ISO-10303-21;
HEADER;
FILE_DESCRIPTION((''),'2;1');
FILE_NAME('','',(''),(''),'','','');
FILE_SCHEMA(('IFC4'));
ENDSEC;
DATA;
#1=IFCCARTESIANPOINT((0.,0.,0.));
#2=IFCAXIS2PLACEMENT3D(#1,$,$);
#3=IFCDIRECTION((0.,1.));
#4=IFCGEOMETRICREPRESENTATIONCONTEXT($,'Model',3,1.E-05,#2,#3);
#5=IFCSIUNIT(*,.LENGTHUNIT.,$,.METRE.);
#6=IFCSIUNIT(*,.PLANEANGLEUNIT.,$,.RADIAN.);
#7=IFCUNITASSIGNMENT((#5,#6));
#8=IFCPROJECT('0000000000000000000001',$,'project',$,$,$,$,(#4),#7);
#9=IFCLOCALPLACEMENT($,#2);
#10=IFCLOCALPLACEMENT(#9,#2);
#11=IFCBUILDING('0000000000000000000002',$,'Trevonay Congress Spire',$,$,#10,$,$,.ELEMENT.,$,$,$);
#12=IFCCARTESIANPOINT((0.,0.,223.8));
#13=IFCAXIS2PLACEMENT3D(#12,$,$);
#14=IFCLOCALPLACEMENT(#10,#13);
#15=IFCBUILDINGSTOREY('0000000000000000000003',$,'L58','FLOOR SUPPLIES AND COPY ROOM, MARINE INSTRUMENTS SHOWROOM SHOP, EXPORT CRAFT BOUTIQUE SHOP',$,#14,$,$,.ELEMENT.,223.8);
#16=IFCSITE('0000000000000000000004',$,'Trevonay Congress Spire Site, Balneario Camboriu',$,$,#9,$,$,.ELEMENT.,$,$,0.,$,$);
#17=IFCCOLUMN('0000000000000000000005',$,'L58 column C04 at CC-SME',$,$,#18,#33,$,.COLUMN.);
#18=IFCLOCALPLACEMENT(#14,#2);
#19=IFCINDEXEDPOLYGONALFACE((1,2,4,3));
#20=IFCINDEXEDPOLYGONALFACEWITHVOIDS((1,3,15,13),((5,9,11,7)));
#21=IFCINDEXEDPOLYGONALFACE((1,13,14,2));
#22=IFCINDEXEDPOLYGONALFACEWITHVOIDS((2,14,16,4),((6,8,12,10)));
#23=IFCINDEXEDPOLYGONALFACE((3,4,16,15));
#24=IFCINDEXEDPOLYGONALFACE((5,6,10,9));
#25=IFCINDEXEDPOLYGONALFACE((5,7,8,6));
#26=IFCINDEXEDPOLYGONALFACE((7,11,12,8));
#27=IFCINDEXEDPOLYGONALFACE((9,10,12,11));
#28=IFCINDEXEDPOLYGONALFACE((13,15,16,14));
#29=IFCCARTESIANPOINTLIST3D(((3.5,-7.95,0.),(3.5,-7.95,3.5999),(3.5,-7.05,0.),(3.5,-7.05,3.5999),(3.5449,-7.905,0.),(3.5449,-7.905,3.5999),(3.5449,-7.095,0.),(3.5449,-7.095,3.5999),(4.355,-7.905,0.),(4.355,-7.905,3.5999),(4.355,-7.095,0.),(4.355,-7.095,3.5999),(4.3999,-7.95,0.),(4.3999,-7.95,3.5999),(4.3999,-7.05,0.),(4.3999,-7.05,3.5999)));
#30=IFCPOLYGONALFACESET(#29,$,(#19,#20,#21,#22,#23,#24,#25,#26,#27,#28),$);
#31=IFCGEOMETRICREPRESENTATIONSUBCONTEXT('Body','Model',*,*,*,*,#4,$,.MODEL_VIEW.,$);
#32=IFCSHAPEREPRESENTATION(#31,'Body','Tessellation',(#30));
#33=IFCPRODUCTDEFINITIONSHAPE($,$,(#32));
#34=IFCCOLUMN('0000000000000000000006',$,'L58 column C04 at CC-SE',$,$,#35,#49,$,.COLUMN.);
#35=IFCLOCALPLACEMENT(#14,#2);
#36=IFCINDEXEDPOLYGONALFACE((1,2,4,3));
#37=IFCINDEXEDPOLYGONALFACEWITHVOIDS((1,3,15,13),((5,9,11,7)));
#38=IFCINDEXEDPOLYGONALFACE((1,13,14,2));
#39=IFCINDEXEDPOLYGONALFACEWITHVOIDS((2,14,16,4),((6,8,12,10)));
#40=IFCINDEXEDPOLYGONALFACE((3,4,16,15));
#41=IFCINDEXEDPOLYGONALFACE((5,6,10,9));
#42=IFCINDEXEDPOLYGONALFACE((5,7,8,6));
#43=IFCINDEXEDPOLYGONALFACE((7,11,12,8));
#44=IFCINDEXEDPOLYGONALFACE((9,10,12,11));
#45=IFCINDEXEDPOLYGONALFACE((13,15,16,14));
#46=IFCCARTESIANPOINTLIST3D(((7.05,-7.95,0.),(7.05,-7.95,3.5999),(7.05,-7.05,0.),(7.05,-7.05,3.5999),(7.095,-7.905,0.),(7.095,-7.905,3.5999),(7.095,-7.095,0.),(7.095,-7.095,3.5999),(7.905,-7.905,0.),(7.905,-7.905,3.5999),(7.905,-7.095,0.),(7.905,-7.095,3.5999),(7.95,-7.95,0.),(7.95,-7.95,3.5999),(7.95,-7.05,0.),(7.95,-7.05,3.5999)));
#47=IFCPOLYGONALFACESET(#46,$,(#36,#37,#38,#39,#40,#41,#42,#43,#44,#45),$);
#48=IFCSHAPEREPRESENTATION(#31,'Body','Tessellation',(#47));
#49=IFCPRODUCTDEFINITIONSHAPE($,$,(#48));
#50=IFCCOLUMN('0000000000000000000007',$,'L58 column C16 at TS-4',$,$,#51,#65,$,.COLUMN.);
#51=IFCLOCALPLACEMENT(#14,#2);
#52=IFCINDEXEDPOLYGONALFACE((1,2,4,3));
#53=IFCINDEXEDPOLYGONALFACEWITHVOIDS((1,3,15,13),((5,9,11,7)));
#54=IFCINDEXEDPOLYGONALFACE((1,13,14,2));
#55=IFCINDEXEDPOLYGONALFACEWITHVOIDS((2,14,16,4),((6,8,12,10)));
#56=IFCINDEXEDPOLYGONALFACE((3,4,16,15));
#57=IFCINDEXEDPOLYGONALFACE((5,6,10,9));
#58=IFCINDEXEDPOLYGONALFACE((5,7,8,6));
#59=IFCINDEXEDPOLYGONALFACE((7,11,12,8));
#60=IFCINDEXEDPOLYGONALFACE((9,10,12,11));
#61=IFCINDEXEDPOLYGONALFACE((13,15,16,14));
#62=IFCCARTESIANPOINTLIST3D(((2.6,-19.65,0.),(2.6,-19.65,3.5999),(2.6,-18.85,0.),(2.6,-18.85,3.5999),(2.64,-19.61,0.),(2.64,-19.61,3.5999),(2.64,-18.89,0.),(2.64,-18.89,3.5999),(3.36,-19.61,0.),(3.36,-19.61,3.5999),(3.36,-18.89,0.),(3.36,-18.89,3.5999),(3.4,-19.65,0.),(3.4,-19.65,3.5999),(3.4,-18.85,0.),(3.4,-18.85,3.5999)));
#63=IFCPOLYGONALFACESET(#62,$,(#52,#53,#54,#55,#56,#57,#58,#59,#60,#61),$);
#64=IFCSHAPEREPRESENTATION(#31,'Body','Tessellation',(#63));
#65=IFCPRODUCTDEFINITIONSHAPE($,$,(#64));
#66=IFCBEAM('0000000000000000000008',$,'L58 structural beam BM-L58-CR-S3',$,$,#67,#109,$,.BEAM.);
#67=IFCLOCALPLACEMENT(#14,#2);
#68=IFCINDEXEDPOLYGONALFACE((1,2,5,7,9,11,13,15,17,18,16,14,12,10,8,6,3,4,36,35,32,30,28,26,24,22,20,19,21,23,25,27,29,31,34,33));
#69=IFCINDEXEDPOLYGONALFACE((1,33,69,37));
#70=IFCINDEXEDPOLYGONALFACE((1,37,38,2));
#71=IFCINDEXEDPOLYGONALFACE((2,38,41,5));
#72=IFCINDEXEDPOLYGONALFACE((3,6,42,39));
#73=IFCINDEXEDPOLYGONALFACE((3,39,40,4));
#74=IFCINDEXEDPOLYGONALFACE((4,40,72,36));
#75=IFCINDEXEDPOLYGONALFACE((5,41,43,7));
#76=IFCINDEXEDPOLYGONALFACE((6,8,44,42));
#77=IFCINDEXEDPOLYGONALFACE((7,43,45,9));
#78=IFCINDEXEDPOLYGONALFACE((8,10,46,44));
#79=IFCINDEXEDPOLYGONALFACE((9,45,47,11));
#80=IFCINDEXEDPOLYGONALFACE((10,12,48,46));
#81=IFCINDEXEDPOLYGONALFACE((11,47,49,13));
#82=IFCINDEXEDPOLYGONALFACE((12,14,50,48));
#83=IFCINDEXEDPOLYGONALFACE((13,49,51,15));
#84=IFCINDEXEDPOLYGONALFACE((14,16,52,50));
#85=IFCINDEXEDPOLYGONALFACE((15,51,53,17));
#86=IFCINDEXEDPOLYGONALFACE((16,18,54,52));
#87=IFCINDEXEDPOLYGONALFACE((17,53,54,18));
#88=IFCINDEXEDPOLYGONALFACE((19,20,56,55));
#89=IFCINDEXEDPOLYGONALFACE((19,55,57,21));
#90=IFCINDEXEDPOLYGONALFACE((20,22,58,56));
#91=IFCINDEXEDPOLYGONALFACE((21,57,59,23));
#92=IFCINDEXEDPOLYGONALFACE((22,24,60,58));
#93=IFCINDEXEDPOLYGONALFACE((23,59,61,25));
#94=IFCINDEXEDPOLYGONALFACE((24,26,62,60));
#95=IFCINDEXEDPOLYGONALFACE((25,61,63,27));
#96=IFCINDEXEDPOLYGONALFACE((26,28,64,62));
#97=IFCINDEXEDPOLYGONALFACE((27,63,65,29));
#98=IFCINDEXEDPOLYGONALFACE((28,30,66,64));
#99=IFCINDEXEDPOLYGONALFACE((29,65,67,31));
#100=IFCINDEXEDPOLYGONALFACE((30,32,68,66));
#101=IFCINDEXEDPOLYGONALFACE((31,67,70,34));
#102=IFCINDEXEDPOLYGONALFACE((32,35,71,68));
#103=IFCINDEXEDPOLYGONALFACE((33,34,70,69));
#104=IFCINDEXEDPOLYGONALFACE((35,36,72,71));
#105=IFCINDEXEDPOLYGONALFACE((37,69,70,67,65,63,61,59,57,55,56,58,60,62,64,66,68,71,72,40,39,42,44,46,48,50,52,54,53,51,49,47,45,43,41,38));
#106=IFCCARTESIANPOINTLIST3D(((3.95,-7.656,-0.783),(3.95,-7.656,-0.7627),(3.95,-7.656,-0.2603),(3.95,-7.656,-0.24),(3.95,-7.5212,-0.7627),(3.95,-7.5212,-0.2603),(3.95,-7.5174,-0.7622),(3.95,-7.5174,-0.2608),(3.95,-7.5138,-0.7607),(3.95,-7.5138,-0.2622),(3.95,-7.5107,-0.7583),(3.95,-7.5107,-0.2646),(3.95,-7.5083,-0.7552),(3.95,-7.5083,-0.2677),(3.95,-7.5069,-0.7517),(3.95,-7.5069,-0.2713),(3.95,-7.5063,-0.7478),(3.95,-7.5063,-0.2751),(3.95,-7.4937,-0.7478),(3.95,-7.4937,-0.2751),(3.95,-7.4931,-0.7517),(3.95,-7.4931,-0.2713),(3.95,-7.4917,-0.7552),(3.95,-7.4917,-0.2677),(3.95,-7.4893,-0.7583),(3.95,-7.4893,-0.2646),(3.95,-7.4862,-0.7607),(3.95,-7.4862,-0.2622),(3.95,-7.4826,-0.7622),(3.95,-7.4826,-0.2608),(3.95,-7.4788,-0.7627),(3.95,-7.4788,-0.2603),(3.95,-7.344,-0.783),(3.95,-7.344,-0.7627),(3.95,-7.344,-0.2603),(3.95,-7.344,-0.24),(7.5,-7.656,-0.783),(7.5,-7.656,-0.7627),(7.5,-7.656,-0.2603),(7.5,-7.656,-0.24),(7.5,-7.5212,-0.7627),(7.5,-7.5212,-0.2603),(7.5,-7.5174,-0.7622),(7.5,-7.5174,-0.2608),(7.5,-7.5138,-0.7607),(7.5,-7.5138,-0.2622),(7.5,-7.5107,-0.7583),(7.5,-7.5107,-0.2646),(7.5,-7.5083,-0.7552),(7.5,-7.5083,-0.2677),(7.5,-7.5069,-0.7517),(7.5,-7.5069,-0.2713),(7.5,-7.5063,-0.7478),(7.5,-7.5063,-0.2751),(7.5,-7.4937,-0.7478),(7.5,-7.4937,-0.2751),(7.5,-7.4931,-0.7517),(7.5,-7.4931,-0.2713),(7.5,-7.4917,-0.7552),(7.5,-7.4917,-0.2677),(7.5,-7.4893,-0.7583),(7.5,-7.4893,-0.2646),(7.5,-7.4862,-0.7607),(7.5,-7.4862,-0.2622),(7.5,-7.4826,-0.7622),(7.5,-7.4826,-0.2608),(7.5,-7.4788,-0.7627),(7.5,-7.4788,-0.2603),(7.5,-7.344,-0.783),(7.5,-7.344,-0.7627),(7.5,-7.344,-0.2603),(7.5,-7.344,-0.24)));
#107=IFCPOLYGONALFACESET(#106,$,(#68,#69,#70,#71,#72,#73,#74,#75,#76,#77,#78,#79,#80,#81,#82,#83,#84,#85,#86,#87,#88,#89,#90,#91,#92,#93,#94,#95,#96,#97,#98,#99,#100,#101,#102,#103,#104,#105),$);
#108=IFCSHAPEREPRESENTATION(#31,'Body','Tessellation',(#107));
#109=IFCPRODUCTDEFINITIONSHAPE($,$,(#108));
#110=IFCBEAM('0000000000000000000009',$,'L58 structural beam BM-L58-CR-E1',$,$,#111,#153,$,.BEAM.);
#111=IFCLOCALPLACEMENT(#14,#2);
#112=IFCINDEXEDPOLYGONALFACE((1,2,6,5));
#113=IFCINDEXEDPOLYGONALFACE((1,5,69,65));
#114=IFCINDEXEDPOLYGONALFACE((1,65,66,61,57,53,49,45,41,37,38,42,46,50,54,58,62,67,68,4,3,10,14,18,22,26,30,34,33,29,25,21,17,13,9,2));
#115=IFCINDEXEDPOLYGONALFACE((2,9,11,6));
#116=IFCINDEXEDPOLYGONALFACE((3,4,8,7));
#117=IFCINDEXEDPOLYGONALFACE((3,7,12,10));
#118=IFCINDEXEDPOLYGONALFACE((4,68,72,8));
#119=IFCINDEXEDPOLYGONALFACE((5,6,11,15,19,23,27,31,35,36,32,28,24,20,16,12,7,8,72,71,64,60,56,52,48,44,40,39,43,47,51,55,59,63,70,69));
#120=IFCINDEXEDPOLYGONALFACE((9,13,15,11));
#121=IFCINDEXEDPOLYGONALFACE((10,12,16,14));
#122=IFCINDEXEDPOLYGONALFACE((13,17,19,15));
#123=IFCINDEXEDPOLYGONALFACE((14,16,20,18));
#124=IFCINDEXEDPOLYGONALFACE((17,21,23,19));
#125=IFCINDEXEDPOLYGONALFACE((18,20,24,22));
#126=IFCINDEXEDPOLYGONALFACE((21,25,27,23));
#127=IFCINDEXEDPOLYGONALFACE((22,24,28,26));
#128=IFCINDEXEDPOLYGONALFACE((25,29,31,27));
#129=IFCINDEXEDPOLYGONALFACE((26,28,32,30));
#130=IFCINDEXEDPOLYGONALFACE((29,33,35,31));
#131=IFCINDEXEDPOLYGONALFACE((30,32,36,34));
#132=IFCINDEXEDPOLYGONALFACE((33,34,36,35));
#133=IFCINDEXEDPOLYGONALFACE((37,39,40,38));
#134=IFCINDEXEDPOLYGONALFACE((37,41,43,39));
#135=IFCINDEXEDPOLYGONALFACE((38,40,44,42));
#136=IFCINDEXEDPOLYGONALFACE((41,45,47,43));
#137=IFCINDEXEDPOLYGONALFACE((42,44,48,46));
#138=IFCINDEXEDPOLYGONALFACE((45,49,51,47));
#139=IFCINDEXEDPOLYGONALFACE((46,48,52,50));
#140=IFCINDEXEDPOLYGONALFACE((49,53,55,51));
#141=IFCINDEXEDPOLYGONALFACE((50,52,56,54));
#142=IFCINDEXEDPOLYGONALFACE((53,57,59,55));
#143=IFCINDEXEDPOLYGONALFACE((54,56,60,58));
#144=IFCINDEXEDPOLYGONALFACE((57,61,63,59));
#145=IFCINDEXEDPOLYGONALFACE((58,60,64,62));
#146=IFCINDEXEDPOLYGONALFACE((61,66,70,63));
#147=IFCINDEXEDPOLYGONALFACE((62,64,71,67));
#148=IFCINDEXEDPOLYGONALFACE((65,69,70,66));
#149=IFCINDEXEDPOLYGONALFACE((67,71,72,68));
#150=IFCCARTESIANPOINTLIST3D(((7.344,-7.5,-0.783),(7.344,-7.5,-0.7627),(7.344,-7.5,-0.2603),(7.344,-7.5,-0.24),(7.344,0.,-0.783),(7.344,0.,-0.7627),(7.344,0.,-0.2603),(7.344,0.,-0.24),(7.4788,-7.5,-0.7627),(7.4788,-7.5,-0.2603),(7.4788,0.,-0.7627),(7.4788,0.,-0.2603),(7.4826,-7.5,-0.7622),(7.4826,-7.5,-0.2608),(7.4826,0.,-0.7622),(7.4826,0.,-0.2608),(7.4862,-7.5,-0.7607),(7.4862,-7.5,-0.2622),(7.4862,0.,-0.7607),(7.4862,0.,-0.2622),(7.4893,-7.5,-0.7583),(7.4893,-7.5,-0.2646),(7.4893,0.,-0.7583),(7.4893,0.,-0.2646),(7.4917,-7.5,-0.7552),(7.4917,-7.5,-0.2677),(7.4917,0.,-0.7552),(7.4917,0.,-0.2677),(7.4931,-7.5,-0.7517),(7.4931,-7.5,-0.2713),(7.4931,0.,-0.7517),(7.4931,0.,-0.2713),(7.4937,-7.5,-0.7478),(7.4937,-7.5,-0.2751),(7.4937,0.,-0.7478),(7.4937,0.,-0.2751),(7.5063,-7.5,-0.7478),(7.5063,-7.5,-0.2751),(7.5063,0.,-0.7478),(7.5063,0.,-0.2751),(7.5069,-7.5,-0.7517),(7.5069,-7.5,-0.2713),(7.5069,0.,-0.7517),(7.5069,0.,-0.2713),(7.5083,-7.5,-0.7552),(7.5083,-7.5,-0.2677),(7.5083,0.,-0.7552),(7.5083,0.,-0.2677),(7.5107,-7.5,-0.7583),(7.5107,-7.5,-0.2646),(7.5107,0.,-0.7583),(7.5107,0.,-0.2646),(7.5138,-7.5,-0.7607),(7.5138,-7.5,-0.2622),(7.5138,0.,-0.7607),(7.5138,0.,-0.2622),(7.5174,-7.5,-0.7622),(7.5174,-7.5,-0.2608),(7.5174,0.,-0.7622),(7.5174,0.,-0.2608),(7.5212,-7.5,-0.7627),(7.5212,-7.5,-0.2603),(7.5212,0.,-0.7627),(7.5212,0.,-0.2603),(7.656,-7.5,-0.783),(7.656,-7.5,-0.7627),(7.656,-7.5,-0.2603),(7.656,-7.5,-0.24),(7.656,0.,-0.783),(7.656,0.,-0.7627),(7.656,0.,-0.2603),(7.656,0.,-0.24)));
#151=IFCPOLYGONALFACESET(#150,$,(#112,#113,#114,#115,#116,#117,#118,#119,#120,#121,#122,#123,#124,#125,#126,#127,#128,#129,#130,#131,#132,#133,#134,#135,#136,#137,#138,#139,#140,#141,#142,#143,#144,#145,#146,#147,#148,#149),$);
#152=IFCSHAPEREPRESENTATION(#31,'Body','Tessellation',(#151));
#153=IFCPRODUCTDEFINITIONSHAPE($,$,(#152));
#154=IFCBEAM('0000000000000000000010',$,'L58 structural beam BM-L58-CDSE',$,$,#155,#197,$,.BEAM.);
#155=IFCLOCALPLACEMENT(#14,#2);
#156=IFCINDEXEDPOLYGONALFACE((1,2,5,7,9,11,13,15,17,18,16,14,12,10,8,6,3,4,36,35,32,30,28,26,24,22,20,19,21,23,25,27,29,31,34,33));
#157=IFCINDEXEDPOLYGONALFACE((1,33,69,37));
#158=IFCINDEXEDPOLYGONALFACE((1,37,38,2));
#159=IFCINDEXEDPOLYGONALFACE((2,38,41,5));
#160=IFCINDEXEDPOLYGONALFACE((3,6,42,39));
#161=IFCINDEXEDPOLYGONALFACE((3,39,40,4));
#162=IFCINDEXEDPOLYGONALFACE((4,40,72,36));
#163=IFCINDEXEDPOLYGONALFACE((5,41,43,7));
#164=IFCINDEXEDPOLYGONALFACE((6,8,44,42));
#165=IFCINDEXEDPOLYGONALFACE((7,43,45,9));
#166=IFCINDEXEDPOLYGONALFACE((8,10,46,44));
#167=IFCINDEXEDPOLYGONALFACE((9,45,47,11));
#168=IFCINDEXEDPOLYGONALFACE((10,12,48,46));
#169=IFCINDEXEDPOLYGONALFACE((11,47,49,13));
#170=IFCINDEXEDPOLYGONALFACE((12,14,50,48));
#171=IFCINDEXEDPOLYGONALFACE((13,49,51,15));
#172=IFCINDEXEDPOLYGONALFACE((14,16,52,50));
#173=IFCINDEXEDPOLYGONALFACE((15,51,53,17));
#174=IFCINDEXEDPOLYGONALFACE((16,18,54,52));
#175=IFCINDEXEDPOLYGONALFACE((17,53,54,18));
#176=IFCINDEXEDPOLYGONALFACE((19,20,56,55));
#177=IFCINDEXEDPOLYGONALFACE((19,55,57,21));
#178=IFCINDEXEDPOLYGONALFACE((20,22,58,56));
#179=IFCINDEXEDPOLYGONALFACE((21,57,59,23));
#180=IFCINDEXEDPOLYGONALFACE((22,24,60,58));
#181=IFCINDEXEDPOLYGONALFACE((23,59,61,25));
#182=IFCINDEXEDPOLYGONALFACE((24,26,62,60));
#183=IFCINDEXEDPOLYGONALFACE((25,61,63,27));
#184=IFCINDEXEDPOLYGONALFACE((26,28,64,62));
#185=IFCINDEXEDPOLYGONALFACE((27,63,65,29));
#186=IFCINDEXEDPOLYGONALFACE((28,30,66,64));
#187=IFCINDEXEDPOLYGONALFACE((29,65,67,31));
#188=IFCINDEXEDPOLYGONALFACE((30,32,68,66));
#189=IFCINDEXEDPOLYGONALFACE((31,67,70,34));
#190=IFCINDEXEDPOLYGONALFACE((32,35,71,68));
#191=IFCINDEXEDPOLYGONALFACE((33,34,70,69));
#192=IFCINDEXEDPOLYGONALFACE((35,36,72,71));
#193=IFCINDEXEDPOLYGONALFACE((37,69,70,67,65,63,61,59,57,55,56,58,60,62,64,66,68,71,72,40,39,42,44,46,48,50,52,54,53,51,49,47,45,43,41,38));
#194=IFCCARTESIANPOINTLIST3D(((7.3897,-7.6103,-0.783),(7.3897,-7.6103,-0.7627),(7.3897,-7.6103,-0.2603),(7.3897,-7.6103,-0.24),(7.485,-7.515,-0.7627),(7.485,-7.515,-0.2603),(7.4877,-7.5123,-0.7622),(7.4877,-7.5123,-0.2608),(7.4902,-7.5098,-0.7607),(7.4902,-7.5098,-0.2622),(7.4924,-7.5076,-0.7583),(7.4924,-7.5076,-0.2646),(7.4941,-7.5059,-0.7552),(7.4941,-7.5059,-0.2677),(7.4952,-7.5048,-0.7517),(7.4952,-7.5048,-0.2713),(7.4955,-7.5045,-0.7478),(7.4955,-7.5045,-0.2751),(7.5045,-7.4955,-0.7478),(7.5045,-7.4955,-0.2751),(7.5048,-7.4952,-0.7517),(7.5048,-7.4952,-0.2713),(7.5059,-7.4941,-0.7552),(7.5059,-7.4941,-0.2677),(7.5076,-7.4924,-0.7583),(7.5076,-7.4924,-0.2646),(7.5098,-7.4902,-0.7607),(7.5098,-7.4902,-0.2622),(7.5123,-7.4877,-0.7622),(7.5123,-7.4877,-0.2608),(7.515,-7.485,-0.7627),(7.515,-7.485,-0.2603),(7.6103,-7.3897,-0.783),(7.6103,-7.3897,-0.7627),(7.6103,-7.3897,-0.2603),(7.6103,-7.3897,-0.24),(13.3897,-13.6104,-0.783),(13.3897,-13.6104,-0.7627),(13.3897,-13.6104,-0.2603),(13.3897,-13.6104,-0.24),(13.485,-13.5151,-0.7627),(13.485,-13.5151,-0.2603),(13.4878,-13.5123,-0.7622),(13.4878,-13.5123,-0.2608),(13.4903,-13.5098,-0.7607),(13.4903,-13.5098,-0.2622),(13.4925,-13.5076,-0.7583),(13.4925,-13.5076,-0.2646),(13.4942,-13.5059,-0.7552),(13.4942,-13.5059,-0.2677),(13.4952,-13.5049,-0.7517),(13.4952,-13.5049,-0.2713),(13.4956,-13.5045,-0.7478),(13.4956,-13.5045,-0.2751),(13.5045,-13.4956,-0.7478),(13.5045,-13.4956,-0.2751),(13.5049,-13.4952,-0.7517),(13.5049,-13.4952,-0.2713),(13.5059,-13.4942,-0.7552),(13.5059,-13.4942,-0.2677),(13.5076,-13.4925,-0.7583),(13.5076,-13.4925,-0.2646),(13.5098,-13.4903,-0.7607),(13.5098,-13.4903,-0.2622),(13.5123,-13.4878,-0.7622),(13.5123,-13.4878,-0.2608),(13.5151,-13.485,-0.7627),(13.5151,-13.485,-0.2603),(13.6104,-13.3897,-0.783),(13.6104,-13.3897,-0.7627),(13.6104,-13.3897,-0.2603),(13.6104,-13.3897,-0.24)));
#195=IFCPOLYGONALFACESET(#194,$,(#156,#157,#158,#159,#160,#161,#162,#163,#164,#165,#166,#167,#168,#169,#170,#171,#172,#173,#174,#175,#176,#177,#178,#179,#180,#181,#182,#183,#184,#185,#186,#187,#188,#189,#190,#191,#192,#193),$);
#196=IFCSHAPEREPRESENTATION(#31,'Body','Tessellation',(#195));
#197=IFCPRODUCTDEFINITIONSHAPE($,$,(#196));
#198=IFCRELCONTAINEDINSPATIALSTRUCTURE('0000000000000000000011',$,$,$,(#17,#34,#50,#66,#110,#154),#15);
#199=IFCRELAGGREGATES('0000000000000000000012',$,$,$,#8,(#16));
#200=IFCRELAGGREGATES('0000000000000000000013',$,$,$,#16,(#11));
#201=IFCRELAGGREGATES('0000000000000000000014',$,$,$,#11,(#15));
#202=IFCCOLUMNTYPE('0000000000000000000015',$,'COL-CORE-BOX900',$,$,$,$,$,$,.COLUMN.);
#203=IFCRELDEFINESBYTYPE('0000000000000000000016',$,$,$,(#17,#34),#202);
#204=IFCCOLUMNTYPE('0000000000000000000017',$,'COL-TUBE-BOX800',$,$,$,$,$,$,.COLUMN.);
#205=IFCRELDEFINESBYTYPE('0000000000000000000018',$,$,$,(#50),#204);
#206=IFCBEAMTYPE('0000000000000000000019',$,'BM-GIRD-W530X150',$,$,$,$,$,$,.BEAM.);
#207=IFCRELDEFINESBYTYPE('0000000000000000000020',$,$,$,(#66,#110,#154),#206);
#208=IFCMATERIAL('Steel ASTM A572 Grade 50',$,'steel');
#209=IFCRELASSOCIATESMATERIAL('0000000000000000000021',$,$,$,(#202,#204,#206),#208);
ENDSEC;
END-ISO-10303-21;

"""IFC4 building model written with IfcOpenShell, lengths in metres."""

from ifc_helpers import new_model, si_unit, direction, frame, origin, origin_2d, place, context, subcontext, project, spatial, hollow_rectangle, i_section, extrude, material, material_profile, profile_set, type_object, element, save


model = new_model("IFC4")

# Units and contexts
model_context = context("Model", 3, precision=1e-05, world=origin(), true_north=direction((0.0, 1.0)))
body_context = subcontext(model_context, "Body", "Model", "MODEL_VIEW")
ifc_project = project(units=[si_unit("LENGTHUNIT", "METRE"), si_unit("PLANEANGLEUNIT", "RADIAN")], contexts=[model_context])

# Site, building, storey
site_placement = place(None, origin())
site = spatial("IfcSite", under=ifc_project, at=site_placement, Name="Trevonay Congress Spire Site, Balneario Camboriu", CompositionType="ELEMENT", RefElevation=0.0)
building_placement = place(site_placement, origin())
building = spatial("IfcBuilding", under=site, at=building_placement, Name="Trevonay Congress Spire", CompositionType="ELEMENT")
storey_placement = place(building_placement, frame((0.0, 0.0, 223.8)))
storey = spatial("IfcBuildingStorey", under=building, at=storey_placement, Name="L58", Description="FLOOR SUPPLIES AND COPY ROOM, MARINE INSTRUMENTS SHOWROOM SHOP, EXPORT CRAFT BOUTIQUE SHOP", CompositionType="ELEMENT", Elevation=223.8)

# Columns
ifc_material_1 = material(Name="Steel ASTM A572 Grade 50", Category="steel")
ifc_material_profile_1 = material_profile(ifc_material_1, hollow_rectangle(XDim=0.8999, YDim=0.8999, WallThickness=0.0449, at=origin_2d()), Name="BOX 900x900x45")
ifc_profile_set_1 = profile_set([ifc_material_profile_1], Name="Steel ASTM A572 Grade 50")
column_type_1 = type_object("IfcColumnType", Name="COL-CORE-BOX900", PredefinedType="COLUMN", material=ifc_profile_set_1)
for number, where, z_axis, x_axis, name in (
    (1, (3.95, -7.5, 0.0), (0.0, 0.0, 1.0), (1.0, 0.0, 0.0), "L58 column C04 at CC-SME"),
    (2, (7.5, -7.5, 0.0), (0.0, 0.0, 1.0), (1.0, 0.0, 0.0), "L58 column C04 at CC-SE"),
):
    element("IfcColumn", number, at=place(storey_placement, frame(where, z_axis=z_axis, x_axis=x_axis)), inside=storey, type_object=column_type_1, Name=name, PredefinedType="COLUMN", context=body_context, shape_type="SweptSolid", body=[
        extrude(hollow_rectangle(XDim=0.8999, YDim=0.8999, WallThickness=0.0449, at=origin_2d()), origin(), (0.0, 0.0, 1.0), 3.5999),
    ])
ifc_material_profile_2 = material_profile(ifc_material_1, hollow_rectangle(XDim=0.8, YDim=0.8, WallThickness=0.04, at=origin_2d()), Name="BOX 800x800x40")
ifc_profile_set_2 = profile_set([ifc_material_profile_2], Name="Steel ASTM A572 Grade 50")
column_type_2 = type_object("IfcColumnType", Name="COL-TUBE-BOX800", PredefinedType="COLUMN", material=ifc_profile_set_2)
column_placement = place(storey_placement, frame((3.0, -19.25, 0.0), z_axis=(0.0, 0.0, 1.0), x_axis=(1.0, 0.0, 0.0)))
element("IfcColumn", 3, at=column_placement, inside=storey, type_object=column_type_2, Name="L58 column C16 at TS-4", PredefinedType="COLUMN", context=body_context, shape_type="SweptSolid", body=[
    extrude(hollow_rectangle(XDim=0.8, YDim=0.8, WallThickness=0.04, at=origin_2d()), origin(), (0.0, 0.0, 1.0), 3.5999),
])

# Beams
ifc_material_profile_3 = material_profile(ifc_material_1, i_section(OverallWidth=0.312, OverallDepth=0.543, WebThickness=0.0127, FlangeThickness=0.0203, FilletRadius=0.0149, at=origin_2d()), Name="W530x150")
ifc_profile_set_3 = profile_set([ifc_material_profile_3], Name="Steel ASTM A572 Grade 50")
beam_type_1 = type_object("IfcBeamType", Name="BM-GIRD-W530X150", PredefinedType="BEAM", material=ifc_profile_set_3)
beam_1_placement = place(storey_placement, frame((3.95, -7.5, -0.5115), z_axis=(1.0, 0.0, 0.0), x_axis=(0.0, 1.0, 0.0)))
element("IfcBeam", 4, at=beam_1_placement, inside=storey, type_object=beam_type_1, Name="L58 structural beam BM-L58-CR-S3", PredefinedType="BEAM", context=body_context, shape_type="SweptSolid", body=[
    extrude(i_section(OverallWidth=0.312, OverallDepth=0.543, WebThickness=0.0127, FlangeThickness=0.0203, FilletRadius=0.0149, at=origin_2d()), origin(), (0.0, 0.0, 1.0), 3.55),
])
beam_2_placement = place(storey_placement, frame((7.5, -7.5, -0.5115), z_axis=(0.0, 1.0, 0.0), x_axis=(-1.0, 0.0, 0.0)))
element("IfcBeam", 5, at=beam_2_placement, inside=storey, type_object=beam_type_1, Name="L58 structural beam BM-L58-CR-E1", PredefinedType="BEAM", context=body_context, shape_type="SweptSolid", body=[
    extrude(i_section(OverallWidth=0.312, OverallDepth=0.543, WebThickness=0.0127, FlangeThickness=0.0203, FilletRadius=0.0149, at=origin_2d()), origin(), (0.0, 0.0, 1.0), 7.5),
])
beam_3_placement = place(storey_placement, frame((7.5, -7.5, -0.5115), z_axis=(0.707107, -0.707107, 0.0), x_axis=(0.707107, 0.707107, 0.0)))
element("IfcBeam", 6, at=beam_3_placement, inside=storey, type_object=beam_type_1, Name="L58 structural beam BM-L58-CDSE", PredefinedType="BEAM", context=body_context, shape_type="SweptSolid", body=[
    extrude(i_section(OverallWidth=0.312, OverallDepth=0.543, WebThickness=0.0127, FlangeThickness=0.0203, FilletRadius=0.0149, at=origin_2d()), origin(), (0.0, 0.0, 1.0), 8.4854),
])

save(model, "model.ifc")
